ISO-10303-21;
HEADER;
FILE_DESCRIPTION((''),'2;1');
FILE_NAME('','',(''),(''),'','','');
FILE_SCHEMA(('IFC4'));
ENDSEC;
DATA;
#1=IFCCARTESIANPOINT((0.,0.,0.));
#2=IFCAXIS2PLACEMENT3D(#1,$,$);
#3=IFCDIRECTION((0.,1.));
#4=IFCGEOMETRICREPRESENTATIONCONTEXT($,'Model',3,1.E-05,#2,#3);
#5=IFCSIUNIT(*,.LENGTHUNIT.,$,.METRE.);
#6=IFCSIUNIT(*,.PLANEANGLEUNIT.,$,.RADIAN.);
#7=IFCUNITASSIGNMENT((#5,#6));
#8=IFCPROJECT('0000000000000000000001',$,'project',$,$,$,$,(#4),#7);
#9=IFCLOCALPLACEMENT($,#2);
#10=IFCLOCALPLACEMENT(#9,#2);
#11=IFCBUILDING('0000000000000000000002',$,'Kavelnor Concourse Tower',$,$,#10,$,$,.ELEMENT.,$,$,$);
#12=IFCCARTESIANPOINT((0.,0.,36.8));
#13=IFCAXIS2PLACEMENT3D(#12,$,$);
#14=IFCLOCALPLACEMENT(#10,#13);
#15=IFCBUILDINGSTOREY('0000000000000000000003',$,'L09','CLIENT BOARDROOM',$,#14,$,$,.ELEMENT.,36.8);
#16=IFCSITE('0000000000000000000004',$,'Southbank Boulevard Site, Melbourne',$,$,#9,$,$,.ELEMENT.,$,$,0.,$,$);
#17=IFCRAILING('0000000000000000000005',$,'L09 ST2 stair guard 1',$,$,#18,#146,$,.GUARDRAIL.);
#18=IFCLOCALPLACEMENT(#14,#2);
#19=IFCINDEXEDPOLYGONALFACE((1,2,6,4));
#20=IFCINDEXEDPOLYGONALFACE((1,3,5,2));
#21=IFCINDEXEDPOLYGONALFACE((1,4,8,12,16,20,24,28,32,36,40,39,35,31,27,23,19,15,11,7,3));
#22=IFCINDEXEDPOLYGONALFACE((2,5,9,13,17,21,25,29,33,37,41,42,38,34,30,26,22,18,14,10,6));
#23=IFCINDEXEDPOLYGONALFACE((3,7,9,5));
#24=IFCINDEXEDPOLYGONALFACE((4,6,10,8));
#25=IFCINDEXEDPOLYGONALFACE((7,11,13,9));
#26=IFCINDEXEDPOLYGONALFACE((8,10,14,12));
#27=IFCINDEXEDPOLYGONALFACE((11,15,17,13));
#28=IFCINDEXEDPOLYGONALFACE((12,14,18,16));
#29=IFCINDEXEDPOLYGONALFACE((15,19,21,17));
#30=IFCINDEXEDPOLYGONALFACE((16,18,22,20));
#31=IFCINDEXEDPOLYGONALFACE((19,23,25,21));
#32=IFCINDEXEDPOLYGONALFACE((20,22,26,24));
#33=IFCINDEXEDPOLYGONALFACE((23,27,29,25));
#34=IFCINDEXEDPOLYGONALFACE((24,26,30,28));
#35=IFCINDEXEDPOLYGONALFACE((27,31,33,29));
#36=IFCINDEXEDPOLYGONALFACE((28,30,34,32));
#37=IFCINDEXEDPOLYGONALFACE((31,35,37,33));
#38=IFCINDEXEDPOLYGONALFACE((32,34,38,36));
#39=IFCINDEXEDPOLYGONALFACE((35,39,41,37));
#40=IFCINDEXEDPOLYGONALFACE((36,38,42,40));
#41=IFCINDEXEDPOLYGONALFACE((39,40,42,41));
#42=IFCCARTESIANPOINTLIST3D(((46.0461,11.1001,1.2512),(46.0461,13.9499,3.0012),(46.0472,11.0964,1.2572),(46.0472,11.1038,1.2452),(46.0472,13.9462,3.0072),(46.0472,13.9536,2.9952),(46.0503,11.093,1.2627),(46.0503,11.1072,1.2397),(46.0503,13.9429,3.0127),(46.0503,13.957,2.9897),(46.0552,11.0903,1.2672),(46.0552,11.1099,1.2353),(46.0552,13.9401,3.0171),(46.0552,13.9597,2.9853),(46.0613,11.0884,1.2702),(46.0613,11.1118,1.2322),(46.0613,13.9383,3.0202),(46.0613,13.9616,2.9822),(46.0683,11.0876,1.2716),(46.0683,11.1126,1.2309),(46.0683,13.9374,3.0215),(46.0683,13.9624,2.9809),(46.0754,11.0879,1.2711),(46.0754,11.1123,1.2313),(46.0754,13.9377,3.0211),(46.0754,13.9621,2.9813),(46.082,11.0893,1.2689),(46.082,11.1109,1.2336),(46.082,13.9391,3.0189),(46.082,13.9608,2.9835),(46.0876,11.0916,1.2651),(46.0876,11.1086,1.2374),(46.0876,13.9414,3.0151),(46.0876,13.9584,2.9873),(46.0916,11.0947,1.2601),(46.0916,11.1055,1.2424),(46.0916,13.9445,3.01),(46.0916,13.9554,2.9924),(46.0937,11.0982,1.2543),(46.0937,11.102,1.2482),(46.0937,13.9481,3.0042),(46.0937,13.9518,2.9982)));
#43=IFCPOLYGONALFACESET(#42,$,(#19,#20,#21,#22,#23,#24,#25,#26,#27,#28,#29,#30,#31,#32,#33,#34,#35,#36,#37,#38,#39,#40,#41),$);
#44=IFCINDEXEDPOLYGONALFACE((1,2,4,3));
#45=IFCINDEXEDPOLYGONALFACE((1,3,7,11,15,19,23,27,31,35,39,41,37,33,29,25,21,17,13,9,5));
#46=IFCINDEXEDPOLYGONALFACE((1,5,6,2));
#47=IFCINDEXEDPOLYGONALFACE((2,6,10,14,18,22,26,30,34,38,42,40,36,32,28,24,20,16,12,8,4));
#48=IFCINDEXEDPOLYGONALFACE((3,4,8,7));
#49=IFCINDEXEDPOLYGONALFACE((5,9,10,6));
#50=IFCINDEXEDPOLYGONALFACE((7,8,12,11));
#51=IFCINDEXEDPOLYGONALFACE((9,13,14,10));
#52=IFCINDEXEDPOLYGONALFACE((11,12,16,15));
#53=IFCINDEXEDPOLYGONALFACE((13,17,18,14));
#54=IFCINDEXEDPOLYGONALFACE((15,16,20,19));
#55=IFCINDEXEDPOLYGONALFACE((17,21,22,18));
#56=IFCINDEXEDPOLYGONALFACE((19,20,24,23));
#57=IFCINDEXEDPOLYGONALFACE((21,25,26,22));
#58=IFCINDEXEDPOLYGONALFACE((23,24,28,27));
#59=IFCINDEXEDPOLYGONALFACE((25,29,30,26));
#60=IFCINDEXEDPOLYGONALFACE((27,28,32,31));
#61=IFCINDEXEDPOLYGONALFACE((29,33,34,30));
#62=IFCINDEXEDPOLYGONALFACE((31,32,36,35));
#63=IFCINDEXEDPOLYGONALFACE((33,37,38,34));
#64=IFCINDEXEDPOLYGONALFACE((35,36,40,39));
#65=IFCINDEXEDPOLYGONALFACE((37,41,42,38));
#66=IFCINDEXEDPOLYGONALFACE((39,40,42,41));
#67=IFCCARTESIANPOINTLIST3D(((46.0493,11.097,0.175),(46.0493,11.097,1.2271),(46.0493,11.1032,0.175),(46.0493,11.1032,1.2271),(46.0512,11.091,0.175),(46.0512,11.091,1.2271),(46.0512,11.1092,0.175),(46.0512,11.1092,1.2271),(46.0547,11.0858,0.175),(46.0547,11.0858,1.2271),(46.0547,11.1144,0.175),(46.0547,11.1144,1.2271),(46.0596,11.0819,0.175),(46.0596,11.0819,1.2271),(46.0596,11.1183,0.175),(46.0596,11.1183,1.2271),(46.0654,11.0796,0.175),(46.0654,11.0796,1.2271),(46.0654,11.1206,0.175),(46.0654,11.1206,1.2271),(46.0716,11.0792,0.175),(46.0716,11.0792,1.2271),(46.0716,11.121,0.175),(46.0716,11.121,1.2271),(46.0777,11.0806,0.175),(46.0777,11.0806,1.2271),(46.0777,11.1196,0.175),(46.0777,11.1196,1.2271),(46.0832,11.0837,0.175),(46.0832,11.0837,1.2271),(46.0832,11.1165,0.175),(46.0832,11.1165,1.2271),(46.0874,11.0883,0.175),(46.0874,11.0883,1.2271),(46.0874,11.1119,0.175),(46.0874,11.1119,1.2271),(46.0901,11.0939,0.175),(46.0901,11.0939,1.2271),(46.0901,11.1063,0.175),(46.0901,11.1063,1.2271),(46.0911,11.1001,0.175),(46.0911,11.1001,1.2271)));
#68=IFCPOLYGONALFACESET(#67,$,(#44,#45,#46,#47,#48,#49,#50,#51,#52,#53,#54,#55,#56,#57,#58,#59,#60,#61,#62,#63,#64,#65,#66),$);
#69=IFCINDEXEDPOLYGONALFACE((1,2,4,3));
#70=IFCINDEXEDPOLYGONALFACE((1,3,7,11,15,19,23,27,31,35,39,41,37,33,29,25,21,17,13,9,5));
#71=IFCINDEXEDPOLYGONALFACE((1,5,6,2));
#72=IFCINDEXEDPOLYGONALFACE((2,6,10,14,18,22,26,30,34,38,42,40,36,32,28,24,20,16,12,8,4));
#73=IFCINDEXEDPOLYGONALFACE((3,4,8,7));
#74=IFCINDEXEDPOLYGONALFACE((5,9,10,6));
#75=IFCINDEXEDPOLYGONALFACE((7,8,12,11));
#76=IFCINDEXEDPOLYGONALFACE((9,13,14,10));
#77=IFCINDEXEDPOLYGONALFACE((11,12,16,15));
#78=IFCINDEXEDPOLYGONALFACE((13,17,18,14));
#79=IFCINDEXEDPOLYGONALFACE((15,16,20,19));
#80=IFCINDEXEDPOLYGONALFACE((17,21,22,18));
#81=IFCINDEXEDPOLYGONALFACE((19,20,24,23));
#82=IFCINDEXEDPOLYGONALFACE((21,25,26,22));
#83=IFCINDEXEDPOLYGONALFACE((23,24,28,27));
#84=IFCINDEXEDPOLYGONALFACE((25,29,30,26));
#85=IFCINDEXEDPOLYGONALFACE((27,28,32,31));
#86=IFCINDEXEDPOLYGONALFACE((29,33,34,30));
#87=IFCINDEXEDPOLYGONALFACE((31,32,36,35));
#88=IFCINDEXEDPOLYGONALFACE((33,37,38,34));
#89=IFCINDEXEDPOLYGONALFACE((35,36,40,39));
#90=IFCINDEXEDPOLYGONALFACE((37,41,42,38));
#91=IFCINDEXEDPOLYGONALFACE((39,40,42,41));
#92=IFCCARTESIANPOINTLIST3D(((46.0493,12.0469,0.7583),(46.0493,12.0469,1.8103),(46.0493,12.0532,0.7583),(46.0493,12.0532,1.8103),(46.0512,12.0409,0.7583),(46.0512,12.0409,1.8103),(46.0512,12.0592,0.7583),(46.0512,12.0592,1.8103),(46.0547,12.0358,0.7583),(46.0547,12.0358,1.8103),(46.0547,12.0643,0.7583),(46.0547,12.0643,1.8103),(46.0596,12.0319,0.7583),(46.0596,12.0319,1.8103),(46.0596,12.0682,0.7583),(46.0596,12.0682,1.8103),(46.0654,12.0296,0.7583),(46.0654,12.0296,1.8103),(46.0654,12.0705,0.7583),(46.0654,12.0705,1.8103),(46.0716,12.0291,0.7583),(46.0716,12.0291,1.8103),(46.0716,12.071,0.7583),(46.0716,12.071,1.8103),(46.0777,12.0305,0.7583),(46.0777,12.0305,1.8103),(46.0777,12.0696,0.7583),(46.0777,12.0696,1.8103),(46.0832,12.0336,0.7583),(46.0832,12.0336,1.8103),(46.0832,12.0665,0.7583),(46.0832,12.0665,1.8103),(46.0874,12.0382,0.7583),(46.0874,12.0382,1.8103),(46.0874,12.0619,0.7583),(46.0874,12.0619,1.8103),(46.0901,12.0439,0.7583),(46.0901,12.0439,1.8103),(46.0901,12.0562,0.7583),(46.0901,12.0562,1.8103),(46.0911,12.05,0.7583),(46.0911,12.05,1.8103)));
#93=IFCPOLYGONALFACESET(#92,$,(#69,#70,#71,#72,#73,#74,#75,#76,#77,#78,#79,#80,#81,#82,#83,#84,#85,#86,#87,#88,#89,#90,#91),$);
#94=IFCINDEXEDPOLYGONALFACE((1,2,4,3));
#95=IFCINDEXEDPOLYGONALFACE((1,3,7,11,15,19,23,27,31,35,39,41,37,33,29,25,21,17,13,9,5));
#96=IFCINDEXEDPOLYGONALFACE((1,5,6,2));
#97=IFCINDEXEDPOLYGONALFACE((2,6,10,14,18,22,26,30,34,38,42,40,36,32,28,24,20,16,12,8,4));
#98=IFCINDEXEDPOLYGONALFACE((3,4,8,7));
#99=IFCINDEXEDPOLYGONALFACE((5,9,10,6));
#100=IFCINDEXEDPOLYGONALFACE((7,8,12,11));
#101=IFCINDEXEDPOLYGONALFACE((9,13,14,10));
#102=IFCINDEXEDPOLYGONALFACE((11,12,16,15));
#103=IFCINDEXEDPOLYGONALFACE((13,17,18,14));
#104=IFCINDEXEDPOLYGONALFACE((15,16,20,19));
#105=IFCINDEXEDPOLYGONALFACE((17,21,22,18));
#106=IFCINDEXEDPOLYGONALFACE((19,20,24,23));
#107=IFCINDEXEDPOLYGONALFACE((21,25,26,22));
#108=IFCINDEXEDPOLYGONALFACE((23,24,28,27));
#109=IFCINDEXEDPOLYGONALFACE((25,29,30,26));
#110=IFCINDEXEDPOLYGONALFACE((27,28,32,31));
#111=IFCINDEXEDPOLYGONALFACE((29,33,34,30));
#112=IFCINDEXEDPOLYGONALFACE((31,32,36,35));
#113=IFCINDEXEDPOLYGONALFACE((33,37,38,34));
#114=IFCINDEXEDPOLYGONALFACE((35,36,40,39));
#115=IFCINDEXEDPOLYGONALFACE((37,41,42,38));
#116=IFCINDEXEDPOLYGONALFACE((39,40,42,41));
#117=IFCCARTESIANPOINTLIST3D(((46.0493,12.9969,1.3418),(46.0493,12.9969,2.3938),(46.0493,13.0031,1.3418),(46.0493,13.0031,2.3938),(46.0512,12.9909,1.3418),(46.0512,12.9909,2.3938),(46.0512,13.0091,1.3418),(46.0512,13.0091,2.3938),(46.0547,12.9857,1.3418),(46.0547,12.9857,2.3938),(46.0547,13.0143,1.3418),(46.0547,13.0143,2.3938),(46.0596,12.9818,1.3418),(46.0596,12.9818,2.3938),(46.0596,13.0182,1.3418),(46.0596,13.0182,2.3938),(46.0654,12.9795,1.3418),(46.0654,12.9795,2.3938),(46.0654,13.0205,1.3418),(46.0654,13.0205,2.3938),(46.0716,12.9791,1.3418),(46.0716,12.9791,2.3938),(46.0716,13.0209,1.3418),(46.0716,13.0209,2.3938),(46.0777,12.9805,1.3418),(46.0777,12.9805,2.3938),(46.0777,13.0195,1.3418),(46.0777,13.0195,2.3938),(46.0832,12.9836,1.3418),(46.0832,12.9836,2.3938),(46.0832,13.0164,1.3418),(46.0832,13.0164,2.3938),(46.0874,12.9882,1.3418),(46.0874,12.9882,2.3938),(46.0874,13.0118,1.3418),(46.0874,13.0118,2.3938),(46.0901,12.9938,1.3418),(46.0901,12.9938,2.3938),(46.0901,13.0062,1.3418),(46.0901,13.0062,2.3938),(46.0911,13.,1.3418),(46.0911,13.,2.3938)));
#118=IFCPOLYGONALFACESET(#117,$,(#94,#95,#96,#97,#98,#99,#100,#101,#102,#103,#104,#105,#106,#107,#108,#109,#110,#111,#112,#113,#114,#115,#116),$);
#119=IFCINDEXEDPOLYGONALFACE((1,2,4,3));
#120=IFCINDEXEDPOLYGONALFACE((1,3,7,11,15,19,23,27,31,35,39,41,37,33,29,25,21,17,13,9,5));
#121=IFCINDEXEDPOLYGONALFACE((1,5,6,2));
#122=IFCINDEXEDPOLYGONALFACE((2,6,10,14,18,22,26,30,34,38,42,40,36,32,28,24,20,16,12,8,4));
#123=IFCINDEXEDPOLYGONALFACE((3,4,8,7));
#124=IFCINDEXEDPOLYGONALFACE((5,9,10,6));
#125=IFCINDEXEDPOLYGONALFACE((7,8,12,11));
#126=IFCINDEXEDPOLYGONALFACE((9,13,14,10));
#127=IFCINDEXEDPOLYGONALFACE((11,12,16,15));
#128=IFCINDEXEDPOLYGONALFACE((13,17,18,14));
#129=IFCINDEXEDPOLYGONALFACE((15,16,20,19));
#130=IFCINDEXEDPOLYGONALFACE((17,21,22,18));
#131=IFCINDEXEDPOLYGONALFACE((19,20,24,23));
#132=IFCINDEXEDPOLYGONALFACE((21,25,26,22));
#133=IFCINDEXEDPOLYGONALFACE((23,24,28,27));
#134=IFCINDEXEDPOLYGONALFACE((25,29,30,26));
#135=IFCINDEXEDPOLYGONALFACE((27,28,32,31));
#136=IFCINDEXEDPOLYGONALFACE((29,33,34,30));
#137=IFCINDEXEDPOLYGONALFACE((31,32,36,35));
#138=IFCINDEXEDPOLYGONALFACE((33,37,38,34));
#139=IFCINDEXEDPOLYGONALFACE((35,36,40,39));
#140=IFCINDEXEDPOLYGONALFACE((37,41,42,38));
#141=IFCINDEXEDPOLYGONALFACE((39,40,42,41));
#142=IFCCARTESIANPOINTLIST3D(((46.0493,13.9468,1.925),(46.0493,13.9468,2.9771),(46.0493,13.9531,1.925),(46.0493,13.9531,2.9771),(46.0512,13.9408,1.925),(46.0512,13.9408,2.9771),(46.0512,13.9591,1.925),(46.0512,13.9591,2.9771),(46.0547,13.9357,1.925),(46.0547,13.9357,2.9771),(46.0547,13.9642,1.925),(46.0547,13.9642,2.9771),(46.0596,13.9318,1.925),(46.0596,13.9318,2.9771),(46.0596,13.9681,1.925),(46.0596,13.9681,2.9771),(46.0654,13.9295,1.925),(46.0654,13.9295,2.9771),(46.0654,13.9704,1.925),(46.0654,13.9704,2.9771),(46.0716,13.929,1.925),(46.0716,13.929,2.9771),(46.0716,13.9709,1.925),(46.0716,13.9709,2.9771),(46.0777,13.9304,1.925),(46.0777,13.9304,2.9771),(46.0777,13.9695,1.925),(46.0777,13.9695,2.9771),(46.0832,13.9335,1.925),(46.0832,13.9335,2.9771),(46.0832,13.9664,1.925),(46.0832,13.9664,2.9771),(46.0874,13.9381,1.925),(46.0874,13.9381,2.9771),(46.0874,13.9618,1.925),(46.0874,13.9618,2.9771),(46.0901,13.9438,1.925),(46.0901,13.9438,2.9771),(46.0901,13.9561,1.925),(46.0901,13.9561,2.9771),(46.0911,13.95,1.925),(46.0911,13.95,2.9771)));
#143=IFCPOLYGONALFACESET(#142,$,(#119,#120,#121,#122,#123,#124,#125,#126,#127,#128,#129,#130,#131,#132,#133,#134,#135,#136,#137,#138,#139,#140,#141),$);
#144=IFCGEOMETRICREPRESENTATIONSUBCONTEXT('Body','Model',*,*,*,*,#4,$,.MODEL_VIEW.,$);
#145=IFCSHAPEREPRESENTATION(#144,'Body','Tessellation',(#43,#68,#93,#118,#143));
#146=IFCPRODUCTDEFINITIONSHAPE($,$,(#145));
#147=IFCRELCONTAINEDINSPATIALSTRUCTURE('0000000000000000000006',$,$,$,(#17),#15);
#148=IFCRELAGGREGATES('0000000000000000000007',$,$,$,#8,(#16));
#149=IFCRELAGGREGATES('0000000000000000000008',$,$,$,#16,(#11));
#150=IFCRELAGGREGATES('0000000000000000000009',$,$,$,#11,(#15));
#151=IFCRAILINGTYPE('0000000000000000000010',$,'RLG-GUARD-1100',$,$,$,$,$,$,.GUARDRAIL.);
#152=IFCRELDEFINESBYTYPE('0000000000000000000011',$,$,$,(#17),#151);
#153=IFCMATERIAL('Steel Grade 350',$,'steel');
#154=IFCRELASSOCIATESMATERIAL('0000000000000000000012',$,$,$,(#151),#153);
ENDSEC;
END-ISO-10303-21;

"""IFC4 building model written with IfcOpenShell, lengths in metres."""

from ifc_helpers import new_model, si_unit, direction, frame, origin, origin_2d, place, context, subcontext, project, spatial, circle, extrude, material, type_object, element, save


model = new_model("IFC4")

# Units and contexts
model_context = context("Model", 3, precision=1e-05, world=origin(), true_north=direction((0.0, 1.0)))
body_context = subcontext(model_context, "Body", "Model", "MODEL_VIEW")
ifc_project = project(units=[si_unit("LENGTHUNIT", "METRE"), si_unit("PLANEANGLEUNIT", "RADIAN")], contexts=[model_context])

# Site, building, storey
site_placement = place(None, origin())
site = spatial("IfcSite", under=ifc_project, at=site_placement, Name="Southbank Boulevard Site, Melbourne", CompositionType="ELEMENT", RefElevation=0.0)
building_placement = place(site_placement, origin())
building = spatial("IfcBuilding", under=site, at=building_placement, Name="Kavelnor Concourse Tower", CompositionType="ELEMENT")
storey_placement = place(building_placement, frame((0.0, 0.0, 36.8)))
storey = spatial("IfcBuildingStorey", under=building, at=storey_placement, Name="L09", Description="CLIENT BOARDROOM", CompositionType="ELEMENT", Elevation=36.8)

# Shared definitions
ifc_material_1 = material(Name="Steel Grade 350", Category="steel")

# Railing
railing_type_1 = type_object("IfcRailingType", Name="RLG-GUARD-1100", PredefinedType="GUARDRAIL", material=ifc_material_1)
railing_1_placement = place(storey_placement, frame((46.0701, 11.1001, 0.175)))
element("IfcRailing", 1, at=railing_1_placement, inside=storey, type_object=railing_type_1, Name="L09 ST2 stair guard 1", PredefinedType="GUARDRAIL", context=body_context, shape_type="SweptSolid", body=[
    extrude(circle(Radius=0.0239, at=origin_2d()), frame((0.0, 0.0, 1.0762), z_axis=(0.0, 0.852159, 0.523283), x_axis=(-1.0, 0.0, 0.0)), (0.0, 0.0, 1.0), 3.3442),
    extrude(circle(Radius=0.021, at=origin_2d()), origin(), (0.0, 0.0, 1.0), 1.052),
    extrude(circle(Radius=0.021, at=origin_2d()), frame((0.0, 0.95, 0.5833)), (0.0, 0.0, 1.0), 1.052),
    extrude(circle(Radius=0.021, at=origin_2d()), frame((0.0, 1.8999, 1.1667)), (0.0, 0.0, 1.0), 1.052),
    extrude(circle(Radius=0.021, at=origin_2d()), frame((0.0, 2.8499, 1.75)), (0.0, 0.0, 1.0), 1.052),
])

save(model, "model.ifc")
